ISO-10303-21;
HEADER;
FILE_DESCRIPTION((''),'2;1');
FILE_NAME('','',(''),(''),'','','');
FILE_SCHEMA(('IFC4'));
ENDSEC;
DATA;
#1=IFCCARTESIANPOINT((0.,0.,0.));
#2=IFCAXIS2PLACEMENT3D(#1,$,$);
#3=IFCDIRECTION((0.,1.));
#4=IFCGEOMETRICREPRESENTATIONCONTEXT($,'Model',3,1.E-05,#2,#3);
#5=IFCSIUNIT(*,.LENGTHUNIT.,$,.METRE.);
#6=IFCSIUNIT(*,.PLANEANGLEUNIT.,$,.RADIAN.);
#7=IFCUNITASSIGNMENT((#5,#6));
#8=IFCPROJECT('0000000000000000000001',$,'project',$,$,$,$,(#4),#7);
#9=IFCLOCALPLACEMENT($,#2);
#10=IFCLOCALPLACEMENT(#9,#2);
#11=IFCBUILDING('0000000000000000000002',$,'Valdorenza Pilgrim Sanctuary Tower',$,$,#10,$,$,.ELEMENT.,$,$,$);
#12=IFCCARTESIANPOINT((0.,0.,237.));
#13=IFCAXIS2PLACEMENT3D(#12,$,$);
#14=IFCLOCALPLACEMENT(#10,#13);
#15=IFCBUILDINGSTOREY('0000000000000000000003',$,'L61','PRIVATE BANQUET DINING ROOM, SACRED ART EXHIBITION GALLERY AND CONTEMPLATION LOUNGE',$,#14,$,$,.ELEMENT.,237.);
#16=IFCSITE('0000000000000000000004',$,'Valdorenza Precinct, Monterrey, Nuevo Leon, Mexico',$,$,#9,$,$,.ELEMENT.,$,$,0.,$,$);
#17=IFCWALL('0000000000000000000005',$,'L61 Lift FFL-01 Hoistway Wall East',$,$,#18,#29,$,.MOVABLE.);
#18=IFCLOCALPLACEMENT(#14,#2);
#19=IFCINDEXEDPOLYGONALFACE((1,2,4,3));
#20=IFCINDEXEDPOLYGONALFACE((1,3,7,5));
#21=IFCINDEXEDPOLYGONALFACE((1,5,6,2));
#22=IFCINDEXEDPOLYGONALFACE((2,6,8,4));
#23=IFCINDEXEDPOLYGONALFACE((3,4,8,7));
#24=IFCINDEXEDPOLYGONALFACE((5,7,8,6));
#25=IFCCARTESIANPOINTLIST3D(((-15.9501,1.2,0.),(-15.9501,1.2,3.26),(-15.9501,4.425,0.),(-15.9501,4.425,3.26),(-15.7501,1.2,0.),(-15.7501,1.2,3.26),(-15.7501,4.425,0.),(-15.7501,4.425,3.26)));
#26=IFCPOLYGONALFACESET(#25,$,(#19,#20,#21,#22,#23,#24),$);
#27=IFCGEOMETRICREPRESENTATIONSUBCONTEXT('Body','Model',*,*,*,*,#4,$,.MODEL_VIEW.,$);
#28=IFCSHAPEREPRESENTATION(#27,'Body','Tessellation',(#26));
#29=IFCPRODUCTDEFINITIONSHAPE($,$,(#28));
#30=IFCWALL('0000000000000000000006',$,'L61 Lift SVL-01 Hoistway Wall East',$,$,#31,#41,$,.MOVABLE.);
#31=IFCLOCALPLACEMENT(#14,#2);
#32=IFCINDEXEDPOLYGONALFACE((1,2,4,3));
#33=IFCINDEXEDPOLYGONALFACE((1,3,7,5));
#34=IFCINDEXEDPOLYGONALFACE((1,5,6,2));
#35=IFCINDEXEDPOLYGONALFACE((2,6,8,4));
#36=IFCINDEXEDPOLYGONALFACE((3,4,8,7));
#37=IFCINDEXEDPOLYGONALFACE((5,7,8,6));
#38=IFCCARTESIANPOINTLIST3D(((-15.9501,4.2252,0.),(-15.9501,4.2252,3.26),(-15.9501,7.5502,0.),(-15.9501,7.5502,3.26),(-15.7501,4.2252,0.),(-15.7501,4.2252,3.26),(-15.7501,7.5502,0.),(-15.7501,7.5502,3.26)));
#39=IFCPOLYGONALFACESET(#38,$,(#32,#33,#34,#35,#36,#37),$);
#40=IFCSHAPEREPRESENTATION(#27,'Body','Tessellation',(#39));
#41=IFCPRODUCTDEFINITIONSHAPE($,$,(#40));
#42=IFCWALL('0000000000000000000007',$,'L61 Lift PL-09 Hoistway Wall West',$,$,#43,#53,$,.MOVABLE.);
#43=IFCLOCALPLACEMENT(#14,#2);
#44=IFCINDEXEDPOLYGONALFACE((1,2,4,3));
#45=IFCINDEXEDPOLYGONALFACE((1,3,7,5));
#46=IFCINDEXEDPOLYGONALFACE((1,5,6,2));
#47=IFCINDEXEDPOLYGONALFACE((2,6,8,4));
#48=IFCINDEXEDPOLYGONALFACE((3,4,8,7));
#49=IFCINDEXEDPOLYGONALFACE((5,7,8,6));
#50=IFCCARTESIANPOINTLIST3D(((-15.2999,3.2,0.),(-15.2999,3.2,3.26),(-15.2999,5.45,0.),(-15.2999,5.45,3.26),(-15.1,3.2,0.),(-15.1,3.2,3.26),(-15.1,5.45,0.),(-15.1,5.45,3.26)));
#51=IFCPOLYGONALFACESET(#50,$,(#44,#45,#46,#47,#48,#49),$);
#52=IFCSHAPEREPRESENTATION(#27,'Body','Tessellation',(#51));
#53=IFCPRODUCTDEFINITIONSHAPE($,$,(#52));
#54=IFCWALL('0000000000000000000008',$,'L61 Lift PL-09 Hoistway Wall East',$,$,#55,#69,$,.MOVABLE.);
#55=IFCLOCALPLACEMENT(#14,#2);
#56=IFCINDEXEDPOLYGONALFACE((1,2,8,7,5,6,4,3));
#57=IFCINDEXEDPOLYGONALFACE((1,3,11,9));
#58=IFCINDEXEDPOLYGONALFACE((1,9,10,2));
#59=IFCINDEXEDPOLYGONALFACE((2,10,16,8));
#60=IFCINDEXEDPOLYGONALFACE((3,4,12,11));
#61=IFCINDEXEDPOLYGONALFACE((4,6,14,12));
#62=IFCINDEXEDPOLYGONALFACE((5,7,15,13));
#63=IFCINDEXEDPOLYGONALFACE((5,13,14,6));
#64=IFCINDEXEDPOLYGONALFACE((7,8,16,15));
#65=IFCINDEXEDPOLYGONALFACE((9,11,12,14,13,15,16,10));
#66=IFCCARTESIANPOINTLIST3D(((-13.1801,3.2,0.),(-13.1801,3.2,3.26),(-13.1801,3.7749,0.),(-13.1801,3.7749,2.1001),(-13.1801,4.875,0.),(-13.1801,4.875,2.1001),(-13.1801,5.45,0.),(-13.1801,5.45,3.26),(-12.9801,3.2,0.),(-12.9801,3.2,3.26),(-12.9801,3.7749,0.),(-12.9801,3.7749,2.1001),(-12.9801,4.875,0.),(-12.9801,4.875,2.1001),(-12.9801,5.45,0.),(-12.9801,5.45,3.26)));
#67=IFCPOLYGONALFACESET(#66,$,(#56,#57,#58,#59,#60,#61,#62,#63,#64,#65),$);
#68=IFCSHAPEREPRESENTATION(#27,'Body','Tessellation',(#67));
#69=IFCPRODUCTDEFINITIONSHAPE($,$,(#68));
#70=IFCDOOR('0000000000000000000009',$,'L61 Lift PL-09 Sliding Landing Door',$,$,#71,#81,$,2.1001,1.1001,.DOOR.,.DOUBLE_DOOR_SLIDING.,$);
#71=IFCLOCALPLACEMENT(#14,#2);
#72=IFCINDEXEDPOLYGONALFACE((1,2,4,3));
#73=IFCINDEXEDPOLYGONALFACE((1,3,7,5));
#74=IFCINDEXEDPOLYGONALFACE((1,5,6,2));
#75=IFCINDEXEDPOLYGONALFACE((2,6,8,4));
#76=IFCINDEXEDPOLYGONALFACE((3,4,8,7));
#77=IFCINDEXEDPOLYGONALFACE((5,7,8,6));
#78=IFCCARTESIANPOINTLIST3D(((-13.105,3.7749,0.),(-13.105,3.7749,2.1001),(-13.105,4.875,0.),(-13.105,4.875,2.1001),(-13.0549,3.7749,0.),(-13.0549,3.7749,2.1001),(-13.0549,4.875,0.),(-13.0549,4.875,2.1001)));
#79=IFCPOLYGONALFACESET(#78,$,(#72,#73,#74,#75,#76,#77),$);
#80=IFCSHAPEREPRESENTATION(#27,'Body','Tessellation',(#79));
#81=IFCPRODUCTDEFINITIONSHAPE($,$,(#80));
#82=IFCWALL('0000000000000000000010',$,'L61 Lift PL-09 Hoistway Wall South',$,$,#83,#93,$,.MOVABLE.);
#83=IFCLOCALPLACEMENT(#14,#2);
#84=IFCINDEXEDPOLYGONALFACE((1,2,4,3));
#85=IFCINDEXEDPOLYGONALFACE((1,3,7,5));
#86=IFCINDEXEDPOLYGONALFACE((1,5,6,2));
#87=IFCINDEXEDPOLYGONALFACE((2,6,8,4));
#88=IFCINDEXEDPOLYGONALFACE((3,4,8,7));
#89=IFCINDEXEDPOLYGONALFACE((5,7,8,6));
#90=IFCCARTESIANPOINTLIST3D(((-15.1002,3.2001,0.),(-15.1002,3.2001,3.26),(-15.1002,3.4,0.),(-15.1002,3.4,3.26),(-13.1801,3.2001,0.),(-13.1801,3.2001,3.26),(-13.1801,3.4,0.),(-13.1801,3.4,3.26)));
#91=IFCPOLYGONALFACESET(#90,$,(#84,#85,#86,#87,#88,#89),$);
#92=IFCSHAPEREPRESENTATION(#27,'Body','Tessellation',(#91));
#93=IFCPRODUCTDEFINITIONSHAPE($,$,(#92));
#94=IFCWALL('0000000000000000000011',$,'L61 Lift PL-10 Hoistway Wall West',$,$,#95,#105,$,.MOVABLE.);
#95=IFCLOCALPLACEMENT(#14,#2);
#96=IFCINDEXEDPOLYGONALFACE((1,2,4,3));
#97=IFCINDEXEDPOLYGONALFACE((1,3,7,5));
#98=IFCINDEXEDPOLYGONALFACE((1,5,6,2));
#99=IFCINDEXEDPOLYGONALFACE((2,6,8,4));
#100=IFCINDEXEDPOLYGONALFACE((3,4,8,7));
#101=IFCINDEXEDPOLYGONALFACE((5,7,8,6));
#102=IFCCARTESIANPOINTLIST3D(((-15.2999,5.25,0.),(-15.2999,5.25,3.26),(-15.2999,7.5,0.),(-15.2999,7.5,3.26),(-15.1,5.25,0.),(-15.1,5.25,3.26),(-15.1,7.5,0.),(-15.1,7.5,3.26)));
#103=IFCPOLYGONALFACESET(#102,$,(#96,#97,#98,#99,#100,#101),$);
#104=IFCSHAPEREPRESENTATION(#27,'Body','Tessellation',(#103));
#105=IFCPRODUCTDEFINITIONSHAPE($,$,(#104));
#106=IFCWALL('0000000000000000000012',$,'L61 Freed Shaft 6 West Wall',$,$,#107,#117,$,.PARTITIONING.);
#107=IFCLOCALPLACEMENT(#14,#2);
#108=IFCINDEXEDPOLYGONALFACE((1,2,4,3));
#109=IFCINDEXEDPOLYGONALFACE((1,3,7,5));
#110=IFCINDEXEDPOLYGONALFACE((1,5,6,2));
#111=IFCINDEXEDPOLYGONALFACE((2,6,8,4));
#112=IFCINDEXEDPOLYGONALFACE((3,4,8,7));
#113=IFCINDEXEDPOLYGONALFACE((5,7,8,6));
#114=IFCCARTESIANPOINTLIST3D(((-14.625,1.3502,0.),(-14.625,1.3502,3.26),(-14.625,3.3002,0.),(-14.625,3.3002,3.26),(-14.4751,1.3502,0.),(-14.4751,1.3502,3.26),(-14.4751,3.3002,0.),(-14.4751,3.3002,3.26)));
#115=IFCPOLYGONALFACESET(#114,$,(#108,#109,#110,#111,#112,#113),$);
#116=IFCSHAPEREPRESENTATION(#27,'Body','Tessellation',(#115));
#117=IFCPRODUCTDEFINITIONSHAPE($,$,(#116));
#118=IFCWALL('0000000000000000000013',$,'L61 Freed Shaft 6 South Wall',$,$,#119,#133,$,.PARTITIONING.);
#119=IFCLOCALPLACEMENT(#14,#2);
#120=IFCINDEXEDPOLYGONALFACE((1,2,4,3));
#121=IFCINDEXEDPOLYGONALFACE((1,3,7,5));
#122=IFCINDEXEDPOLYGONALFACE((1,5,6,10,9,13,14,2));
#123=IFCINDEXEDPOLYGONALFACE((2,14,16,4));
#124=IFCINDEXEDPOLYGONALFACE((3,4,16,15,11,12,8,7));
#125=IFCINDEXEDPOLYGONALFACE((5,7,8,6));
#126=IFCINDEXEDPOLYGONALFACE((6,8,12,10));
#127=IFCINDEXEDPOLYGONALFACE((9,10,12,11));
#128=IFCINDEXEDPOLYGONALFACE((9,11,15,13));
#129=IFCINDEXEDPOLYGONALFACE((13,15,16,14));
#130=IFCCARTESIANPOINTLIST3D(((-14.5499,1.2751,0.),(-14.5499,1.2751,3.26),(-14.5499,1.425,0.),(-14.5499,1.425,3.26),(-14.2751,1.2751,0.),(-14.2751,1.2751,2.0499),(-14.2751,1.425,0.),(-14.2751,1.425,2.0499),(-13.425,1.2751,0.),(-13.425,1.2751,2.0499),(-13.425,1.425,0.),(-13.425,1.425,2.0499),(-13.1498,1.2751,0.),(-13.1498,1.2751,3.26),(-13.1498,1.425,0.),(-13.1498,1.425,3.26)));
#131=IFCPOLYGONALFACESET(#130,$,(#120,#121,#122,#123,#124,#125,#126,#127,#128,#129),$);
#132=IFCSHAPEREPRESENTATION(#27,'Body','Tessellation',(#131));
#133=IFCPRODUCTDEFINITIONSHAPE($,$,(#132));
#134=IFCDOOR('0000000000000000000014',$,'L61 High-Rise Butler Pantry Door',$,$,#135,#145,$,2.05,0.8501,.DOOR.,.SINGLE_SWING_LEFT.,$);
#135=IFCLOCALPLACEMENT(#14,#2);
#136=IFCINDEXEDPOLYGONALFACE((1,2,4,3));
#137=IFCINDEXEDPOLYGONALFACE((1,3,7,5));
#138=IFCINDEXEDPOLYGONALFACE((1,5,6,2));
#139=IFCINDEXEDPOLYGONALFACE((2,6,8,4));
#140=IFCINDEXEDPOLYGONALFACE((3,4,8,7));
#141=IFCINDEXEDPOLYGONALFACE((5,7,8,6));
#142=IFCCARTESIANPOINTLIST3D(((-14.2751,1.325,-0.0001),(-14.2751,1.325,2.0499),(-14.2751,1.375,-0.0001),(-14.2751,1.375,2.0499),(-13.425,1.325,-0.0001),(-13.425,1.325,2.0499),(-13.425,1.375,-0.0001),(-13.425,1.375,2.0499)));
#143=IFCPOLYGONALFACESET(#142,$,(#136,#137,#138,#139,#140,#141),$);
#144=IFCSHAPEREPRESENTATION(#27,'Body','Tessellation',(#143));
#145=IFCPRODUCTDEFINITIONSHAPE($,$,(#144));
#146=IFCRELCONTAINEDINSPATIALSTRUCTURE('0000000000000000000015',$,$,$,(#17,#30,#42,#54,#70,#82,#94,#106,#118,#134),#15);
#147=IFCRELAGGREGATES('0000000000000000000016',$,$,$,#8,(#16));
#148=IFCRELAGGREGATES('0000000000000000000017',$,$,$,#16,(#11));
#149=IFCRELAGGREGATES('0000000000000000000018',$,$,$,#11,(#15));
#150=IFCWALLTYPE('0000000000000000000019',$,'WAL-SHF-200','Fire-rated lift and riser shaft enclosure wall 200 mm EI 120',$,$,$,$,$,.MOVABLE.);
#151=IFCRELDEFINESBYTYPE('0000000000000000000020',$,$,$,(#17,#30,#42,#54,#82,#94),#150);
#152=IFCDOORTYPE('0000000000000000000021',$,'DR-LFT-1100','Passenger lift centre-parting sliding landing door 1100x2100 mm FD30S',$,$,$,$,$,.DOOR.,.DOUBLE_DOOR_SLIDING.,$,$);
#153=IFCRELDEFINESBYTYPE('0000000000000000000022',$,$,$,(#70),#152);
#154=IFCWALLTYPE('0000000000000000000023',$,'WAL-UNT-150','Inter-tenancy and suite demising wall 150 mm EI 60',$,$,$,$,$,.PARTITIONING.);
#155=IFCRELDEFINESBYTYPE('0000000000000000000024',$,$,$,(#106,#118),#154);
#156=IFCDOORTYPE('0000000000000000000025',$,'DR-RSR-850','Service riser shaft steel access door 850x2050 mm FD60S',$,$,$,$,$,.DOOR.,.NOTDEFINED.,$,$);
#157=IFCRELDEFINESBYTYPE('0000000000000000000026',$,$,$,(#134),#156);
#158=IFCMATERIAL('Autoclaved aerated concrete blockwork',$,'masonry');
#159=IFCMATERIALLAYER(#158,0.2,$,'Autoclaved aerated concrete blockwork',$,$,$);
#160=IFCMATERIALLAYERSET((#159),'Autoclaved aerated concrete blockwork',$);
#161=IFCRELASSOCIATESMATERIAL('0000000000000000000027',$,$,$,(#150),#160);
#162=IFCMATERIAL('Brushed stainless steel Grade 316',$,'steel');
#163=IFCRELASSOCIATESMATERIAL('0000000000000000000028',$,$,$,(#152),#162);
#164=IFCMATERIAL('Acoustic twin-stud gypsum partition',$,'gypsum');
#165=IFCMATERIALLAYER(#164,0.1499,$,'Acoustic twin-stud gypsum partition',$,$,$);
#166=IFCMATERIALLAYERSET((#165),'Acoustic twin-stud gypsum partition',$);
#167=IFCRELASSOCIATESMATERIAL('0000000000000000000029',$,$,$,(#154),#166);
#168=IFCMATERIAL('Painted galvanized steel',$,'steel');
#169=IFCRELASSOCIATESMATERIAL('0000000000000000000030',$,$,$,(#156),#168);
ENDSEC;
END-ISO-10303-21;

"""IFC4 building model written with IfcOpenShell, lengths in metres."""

from ifc_helpers import new_model, si_unit, direction, frame, frame_2d, origin, place, context, subcontext, project, spatial, rectangle, extrude, material, layer, layer_set, type_object, element, fill, save


model = new_model("IFC4")

# Units and contexts
model_context = context("Model", 3, precision=1e-05, world=origin(), true_north=direction((0.0, 1.0)))
body_context = subcontext(model_context, "Body", "Model", "MODEL_VIEW")
ifc_project = project(units=[si_unit("LENGTHUNIT", "METRE"), si_unit("PLANEANGLEUNIT", "RADIAN")], contexts=[model_context])

# Site, building, storey
site_placement = place(None, origin())
site = spatial("IfcSite", under=ifc_project, at=site_placement, Name="Valdorenza Precinct, Monterrey, Nuevo Leon, Mexico", CompositionType="ELEMENT", RefElevation=0.0)
building_placement = place(site_placement, origin())
building = spatial("IfcBuilding", under=site, at=building_placement, Name="Valdorenza Pilgrim Sanctuary Tower", CompositionType="ELEMENT")
storey_placement = place(building_placement, frame((0.0, 0.0, 237.0)))
storey = spatial("IfcBuildingStorey", under=building, at=storey_placement, Name="L61", Description="PRIVATE BANQUET DINING ROOM, SACRED ART EXHIBITION GALLERY AND CONTEMPLATION LOUNGE", CompositionType="ELEMENT", Elevation=237.0)

# Shared definitions
ifc_material_1 = material(Name="Acoustic twin-stud gypsum partition", Category="gypsum")

# Walls
ifc_material_2 = material(Name="Autoclaved aerated concrete blockwork", Category="masonry")
ifc_layer_1 = layer(ifc_material_2, 0.2, Name="Autoclaved aerated concrete blockwork")
ifc_layer_set_1 = layer_set([ifc_layer_1], Name="Autoclaved aerated concrete blockwork")
wall_type_1 = type_object("IfcWallType", Name="WAL-SHF-200", Description="Fire-rated lift and riser shaft enclosure wall 200 mm EI 120", PredefinedType="MOVABLE", material=ifc_layer_set_1)
wall_1_placement = place(storey_placement, frame((-15.8501, 1.2, 0.0), z_axis=(0.0, 0.0, 1.0), x_axis=(0.0, 1.0, 0.0)))
element("IfcWall", 1, at=wall_1_placement, inside=storey, type_object=wall_type_1, Name="L61 Lift FFL-01 Hoistway Wall East", PredefinedType="MOVABLE", context=body_context, shape_type="SweptSolid", body=[
    extrude(rectangle(XDim=3.2251, YDim=0.2, at=frame_2d((1.6125, 0.0))), origin(), (0.0, 0.0, 1.0), 3.26),
])
wall_2_placement = place(storey_placement, frame((-15.8501, 4.2251, 0.0), z_axis=(0.0, 0.0, 1.0), x_axis=(0.0, 1.0, 0.0)))
element("IfcWall", 2, at=wall_2_placement, inside=storey, type_object=wall_type_1, Name="L61 Lift SVL-01 Hoistway Wall East", PredefinedType="MOVABLE", context=body_context, shape_type="SweptSolid", body=[
    extrude(rectangle(XDim=3.325, YDim=0.2, at=frame_2d((1.6626, 0.0))), origin(), (0.0, 0.0, 1.0), 3.26),
])
wall_3_placement = place(storey_placement, frame((-15.2, 3.2, 0.0), z_axis=(0.0, 0.0, 1.0), x_axis=(0.0, 1.0, 0.0)))
element("IfcWall", 3, at=wall_3_placement, inside=storey, type_object=wall_type_1, Name="L61 Lift PL-09 Hoistway Wall West", PredefinedType="MOVABLE", context=body_context, shape_type="SweptSolid", body=[
    extrude(rectangle(XDim=2.25, YDim=0.2, at=frame_2d((1.125, 0.0))), origin(), (0.0, 0.0, 1.0), 3.26),
])

# Wall, opening, door
wall_4_placement = place(storey_placement, frame((-13.0801, 3.2, 0.0), z_axis=(0.0, 0.0, 1.0), x_axis=(0.0, 1.0, 0.0)))
wall_4 = element("IfcWall", 4, at=wall_4_placement, inside=storey, type_object=wall_type_1, Name="L61 Lift PL-09 Hoistway Wall East", PredefinedType="MOVABLE", context=body_context, shape_type="SweptSolid", body=[
    extrude(rectangle(XDim=2.25, YDim=0.2, at=frame_2d((1.125, 0.0))), origin(), (0.0, 0.0, 1.0), 3.26),
])
opening_1_placement = place(wall_4_placement, frame((0.575, 0.0, 0.0)))
opening_1 = element("IfcOpeningElement", 5, at=opening_1_placement, cuts=wall_4, PredefinedType="OPENING", context=body_context, shape_type="SweptSolid", body=[
    extrude(rectangle(XDim=1.1001, YDim=2.1001, at=frame_2d((0.55, 1.05))), frame((0.0, 0.1147, 0.0), z_axis=(0.0, -1.0, 0.0), x_axis=(1.0, 0.0, 0.0)), (0.0, 0.0, 1.0), 0.2297),
])
ifc_material_3 = material(Name="Brushed stainless steel Grade 316", Category="steel")
door_type_1 = type_object("IfcDoorType", Name="DR-LFT-1100", Description="Passenger lift centre-parting sliding landing door 1100x2100 mm FD30S", OperationType="DOUBLE_DOOR_SLIDING", PredefinedType="DOOR", material=ifc_material_3)
door_1_placement = place(opening_1_placement, origin())
door_1 = element("IfcDoor", 6, at=door_1_placement, inside=storey, type_object=door_type_1, Name="L61 Lift PL-09 Sliding Landing Door", OperationType="DOUBLE_DOOR_SLIDING", OverallHeight=2.1001, OverallWidth=1.1001, PredefinedType="DOOR", context=body_context, shape_type="SweptSolid", body=[
    extrude(rectangle(XDim=1.1001, YDim=2.1001, at=frame_2d((0.55, 1.05))), frame((0.0, 0.0249, 0.0), z_axis=(0.0, -1.0, 0.0), x_axis=(1.0, 0.0, 0.0)), (0.0, 0.0, 1.0), 0.05),
])
fill(opening_1, door_1)

# Walls
wall_5_placement = place(storey_placement, frame((-15.1001, 3.3, 0.0), z_axis=(0.0, 0.0, 1.0), x_axis=(1.0, 0.0, 0.0)))
element("IfcWall", 7, at=wall_5_placement, inside=storey, type_object=wall_type_1, Name="L61 Lift PL-09 Hoistway Wall South", PredefinedType="MOVABLE", context=body_context, shape_type="SweptSolid", body=[
    extrude(rectangle(XDim=1.9202, YDim=0.2, at=frame_2d((0.96, 0.0))), origin(), (0.0, 0.0, 1.0), 3.26),
])
wall_6_placement = place(storey_placement, frame((-15.2, 5.25, 0.0), z_axis=(0.0, 0.0, 1.0), x_axis=(0.0, 1.0, 0.0)))
element("IfcWall", 8, at=wall_6_placement, inside=storey, type_object=wall_type_1, Name="L61 Lift PL-10 Hoistway Wall West", PredefinedType="MOVABLE", context=body_context, shape_type="SweptSolid", body=[
    extrude(rectangle(XDim=2.25, YDim=0.2, at=frame_2d((1.125, 0.0))), origin(), (0.0, 0.0, 1.0), 3.26),
])
ifc_layer_2 = layer(ifc_material_1, 0.1499, Name="Acoustic twin-stud gypsum partition")
ifc_layer_set_2 = layer_set([ifc_layer_2], Name="Acoustic twin-stud gypsum partition")
wall_type_2 = type_object("IfcWallType", Name="WAL-UNT-150", Description="Inter-tenancy and suite demising wall 150 mm EI 60", PredefinedType="PARTITIONING", material=ifc_layer_set_2)
wall_7_placement = place(storey_placement, frame((-14.55, 1.3501, 0.0), z_axis=(0.0, 0.0, 1.0), x_axis=(0.0, 1.0, 0.0)))
element("IfcWall", 9, at=wall_7_placement, inside=storey, type_object=wall_type_2, Name="L61 Freed Shaft 6 West Wall", PredefinedType="PARTITIONING", context=body_context, shape_type="SweptSolid", body=[
    extrude(rectangle(XDim=1.95, YDim=0.1499, at=frame_2d((0.9751, 0.0))), origin(), (0.0, 0.0, 1.0), 3.26),
])

# Wall, opening, door
wall_8_placement = place(storey_placement, frame((-14.55, 1.3501, 0.0), z_axis=(0.0, 0.0, 1.0), x_axis=(1.0, 0.0, 0.0)))
wall_8 = element("IfcWall", 10, at=wall_8_placement, inside=storey, type_object=wall_type_2, Name="L61 Freed Shaft 6 South Wall", PredefinedType="PARTITIONING", context=body_context, shape_type="SweptSolid", body=[
    extrude(rectangle(XDim=1.4001, YDim=0.1499, at=frame_2d((0.7002, 0.0))), origin(), (0.0, 0.0, 1.0), 3.26),
])
opening_2_placement = place(wall_8_placement, frame((0.2749, 0.0, 0.0)))
opening_2 = element("IfcOpeningElement", 11, at=opening_2_placement, cuts=wall_8, PredefinedType="OPENING", context=body_context, shape_type="SweptSolid", body=[
    extrude(rectangle(XDim=0.8501, YDim=2.05, at=frame_2d((0.425, 1.0249))), frame((0.0, 0.0898, 0.0), z_axis=(0.0, -1.0, 0.0), x_axis=(1.0, 0.0, 0.0)), (0.0, 0.0, 1.0), 0.1797),
])
ifc_material_4 = material(Name="Painted galvanized steel", Category="steel")
door_type_2 = type_object("IfcDoorType", Name="DR-RSR-850", Description="Service riser shaft steel access door 850x2050 mm FD60S", OperationType="NOTDEFINED", PredefinedType="DOOR", material=ifc_material_4)
door_2_placement = place(opening_2_placement, origin())
door_2 = element("IfcDoor", 12, at=door_2_placement, inside=storey, type_object=door_type_2, Name="L61 High-Rise Butler Pantry Door", OperationType="SINGLE_SWING_LEFT", OverallHeight=2.05, OverallWidth=0.8501, PredefinedType="DOOR", context=body_context, shape_type="SweptSolid", body=[
    extrude(rectangle(XDim=0.8501, YDim=2.05, at=frame_2d((0.425, 1.0249))), frame((0.0, 0.0249, 0.0), z_axis=(0.0, -1.0, 0.0), x_axis=(1.0, 0.0, 0.0)), (0.0, 0.0, 1.0), 0.05),
])
fill(opening_2, door_2)

save(model, "model.ifc")
